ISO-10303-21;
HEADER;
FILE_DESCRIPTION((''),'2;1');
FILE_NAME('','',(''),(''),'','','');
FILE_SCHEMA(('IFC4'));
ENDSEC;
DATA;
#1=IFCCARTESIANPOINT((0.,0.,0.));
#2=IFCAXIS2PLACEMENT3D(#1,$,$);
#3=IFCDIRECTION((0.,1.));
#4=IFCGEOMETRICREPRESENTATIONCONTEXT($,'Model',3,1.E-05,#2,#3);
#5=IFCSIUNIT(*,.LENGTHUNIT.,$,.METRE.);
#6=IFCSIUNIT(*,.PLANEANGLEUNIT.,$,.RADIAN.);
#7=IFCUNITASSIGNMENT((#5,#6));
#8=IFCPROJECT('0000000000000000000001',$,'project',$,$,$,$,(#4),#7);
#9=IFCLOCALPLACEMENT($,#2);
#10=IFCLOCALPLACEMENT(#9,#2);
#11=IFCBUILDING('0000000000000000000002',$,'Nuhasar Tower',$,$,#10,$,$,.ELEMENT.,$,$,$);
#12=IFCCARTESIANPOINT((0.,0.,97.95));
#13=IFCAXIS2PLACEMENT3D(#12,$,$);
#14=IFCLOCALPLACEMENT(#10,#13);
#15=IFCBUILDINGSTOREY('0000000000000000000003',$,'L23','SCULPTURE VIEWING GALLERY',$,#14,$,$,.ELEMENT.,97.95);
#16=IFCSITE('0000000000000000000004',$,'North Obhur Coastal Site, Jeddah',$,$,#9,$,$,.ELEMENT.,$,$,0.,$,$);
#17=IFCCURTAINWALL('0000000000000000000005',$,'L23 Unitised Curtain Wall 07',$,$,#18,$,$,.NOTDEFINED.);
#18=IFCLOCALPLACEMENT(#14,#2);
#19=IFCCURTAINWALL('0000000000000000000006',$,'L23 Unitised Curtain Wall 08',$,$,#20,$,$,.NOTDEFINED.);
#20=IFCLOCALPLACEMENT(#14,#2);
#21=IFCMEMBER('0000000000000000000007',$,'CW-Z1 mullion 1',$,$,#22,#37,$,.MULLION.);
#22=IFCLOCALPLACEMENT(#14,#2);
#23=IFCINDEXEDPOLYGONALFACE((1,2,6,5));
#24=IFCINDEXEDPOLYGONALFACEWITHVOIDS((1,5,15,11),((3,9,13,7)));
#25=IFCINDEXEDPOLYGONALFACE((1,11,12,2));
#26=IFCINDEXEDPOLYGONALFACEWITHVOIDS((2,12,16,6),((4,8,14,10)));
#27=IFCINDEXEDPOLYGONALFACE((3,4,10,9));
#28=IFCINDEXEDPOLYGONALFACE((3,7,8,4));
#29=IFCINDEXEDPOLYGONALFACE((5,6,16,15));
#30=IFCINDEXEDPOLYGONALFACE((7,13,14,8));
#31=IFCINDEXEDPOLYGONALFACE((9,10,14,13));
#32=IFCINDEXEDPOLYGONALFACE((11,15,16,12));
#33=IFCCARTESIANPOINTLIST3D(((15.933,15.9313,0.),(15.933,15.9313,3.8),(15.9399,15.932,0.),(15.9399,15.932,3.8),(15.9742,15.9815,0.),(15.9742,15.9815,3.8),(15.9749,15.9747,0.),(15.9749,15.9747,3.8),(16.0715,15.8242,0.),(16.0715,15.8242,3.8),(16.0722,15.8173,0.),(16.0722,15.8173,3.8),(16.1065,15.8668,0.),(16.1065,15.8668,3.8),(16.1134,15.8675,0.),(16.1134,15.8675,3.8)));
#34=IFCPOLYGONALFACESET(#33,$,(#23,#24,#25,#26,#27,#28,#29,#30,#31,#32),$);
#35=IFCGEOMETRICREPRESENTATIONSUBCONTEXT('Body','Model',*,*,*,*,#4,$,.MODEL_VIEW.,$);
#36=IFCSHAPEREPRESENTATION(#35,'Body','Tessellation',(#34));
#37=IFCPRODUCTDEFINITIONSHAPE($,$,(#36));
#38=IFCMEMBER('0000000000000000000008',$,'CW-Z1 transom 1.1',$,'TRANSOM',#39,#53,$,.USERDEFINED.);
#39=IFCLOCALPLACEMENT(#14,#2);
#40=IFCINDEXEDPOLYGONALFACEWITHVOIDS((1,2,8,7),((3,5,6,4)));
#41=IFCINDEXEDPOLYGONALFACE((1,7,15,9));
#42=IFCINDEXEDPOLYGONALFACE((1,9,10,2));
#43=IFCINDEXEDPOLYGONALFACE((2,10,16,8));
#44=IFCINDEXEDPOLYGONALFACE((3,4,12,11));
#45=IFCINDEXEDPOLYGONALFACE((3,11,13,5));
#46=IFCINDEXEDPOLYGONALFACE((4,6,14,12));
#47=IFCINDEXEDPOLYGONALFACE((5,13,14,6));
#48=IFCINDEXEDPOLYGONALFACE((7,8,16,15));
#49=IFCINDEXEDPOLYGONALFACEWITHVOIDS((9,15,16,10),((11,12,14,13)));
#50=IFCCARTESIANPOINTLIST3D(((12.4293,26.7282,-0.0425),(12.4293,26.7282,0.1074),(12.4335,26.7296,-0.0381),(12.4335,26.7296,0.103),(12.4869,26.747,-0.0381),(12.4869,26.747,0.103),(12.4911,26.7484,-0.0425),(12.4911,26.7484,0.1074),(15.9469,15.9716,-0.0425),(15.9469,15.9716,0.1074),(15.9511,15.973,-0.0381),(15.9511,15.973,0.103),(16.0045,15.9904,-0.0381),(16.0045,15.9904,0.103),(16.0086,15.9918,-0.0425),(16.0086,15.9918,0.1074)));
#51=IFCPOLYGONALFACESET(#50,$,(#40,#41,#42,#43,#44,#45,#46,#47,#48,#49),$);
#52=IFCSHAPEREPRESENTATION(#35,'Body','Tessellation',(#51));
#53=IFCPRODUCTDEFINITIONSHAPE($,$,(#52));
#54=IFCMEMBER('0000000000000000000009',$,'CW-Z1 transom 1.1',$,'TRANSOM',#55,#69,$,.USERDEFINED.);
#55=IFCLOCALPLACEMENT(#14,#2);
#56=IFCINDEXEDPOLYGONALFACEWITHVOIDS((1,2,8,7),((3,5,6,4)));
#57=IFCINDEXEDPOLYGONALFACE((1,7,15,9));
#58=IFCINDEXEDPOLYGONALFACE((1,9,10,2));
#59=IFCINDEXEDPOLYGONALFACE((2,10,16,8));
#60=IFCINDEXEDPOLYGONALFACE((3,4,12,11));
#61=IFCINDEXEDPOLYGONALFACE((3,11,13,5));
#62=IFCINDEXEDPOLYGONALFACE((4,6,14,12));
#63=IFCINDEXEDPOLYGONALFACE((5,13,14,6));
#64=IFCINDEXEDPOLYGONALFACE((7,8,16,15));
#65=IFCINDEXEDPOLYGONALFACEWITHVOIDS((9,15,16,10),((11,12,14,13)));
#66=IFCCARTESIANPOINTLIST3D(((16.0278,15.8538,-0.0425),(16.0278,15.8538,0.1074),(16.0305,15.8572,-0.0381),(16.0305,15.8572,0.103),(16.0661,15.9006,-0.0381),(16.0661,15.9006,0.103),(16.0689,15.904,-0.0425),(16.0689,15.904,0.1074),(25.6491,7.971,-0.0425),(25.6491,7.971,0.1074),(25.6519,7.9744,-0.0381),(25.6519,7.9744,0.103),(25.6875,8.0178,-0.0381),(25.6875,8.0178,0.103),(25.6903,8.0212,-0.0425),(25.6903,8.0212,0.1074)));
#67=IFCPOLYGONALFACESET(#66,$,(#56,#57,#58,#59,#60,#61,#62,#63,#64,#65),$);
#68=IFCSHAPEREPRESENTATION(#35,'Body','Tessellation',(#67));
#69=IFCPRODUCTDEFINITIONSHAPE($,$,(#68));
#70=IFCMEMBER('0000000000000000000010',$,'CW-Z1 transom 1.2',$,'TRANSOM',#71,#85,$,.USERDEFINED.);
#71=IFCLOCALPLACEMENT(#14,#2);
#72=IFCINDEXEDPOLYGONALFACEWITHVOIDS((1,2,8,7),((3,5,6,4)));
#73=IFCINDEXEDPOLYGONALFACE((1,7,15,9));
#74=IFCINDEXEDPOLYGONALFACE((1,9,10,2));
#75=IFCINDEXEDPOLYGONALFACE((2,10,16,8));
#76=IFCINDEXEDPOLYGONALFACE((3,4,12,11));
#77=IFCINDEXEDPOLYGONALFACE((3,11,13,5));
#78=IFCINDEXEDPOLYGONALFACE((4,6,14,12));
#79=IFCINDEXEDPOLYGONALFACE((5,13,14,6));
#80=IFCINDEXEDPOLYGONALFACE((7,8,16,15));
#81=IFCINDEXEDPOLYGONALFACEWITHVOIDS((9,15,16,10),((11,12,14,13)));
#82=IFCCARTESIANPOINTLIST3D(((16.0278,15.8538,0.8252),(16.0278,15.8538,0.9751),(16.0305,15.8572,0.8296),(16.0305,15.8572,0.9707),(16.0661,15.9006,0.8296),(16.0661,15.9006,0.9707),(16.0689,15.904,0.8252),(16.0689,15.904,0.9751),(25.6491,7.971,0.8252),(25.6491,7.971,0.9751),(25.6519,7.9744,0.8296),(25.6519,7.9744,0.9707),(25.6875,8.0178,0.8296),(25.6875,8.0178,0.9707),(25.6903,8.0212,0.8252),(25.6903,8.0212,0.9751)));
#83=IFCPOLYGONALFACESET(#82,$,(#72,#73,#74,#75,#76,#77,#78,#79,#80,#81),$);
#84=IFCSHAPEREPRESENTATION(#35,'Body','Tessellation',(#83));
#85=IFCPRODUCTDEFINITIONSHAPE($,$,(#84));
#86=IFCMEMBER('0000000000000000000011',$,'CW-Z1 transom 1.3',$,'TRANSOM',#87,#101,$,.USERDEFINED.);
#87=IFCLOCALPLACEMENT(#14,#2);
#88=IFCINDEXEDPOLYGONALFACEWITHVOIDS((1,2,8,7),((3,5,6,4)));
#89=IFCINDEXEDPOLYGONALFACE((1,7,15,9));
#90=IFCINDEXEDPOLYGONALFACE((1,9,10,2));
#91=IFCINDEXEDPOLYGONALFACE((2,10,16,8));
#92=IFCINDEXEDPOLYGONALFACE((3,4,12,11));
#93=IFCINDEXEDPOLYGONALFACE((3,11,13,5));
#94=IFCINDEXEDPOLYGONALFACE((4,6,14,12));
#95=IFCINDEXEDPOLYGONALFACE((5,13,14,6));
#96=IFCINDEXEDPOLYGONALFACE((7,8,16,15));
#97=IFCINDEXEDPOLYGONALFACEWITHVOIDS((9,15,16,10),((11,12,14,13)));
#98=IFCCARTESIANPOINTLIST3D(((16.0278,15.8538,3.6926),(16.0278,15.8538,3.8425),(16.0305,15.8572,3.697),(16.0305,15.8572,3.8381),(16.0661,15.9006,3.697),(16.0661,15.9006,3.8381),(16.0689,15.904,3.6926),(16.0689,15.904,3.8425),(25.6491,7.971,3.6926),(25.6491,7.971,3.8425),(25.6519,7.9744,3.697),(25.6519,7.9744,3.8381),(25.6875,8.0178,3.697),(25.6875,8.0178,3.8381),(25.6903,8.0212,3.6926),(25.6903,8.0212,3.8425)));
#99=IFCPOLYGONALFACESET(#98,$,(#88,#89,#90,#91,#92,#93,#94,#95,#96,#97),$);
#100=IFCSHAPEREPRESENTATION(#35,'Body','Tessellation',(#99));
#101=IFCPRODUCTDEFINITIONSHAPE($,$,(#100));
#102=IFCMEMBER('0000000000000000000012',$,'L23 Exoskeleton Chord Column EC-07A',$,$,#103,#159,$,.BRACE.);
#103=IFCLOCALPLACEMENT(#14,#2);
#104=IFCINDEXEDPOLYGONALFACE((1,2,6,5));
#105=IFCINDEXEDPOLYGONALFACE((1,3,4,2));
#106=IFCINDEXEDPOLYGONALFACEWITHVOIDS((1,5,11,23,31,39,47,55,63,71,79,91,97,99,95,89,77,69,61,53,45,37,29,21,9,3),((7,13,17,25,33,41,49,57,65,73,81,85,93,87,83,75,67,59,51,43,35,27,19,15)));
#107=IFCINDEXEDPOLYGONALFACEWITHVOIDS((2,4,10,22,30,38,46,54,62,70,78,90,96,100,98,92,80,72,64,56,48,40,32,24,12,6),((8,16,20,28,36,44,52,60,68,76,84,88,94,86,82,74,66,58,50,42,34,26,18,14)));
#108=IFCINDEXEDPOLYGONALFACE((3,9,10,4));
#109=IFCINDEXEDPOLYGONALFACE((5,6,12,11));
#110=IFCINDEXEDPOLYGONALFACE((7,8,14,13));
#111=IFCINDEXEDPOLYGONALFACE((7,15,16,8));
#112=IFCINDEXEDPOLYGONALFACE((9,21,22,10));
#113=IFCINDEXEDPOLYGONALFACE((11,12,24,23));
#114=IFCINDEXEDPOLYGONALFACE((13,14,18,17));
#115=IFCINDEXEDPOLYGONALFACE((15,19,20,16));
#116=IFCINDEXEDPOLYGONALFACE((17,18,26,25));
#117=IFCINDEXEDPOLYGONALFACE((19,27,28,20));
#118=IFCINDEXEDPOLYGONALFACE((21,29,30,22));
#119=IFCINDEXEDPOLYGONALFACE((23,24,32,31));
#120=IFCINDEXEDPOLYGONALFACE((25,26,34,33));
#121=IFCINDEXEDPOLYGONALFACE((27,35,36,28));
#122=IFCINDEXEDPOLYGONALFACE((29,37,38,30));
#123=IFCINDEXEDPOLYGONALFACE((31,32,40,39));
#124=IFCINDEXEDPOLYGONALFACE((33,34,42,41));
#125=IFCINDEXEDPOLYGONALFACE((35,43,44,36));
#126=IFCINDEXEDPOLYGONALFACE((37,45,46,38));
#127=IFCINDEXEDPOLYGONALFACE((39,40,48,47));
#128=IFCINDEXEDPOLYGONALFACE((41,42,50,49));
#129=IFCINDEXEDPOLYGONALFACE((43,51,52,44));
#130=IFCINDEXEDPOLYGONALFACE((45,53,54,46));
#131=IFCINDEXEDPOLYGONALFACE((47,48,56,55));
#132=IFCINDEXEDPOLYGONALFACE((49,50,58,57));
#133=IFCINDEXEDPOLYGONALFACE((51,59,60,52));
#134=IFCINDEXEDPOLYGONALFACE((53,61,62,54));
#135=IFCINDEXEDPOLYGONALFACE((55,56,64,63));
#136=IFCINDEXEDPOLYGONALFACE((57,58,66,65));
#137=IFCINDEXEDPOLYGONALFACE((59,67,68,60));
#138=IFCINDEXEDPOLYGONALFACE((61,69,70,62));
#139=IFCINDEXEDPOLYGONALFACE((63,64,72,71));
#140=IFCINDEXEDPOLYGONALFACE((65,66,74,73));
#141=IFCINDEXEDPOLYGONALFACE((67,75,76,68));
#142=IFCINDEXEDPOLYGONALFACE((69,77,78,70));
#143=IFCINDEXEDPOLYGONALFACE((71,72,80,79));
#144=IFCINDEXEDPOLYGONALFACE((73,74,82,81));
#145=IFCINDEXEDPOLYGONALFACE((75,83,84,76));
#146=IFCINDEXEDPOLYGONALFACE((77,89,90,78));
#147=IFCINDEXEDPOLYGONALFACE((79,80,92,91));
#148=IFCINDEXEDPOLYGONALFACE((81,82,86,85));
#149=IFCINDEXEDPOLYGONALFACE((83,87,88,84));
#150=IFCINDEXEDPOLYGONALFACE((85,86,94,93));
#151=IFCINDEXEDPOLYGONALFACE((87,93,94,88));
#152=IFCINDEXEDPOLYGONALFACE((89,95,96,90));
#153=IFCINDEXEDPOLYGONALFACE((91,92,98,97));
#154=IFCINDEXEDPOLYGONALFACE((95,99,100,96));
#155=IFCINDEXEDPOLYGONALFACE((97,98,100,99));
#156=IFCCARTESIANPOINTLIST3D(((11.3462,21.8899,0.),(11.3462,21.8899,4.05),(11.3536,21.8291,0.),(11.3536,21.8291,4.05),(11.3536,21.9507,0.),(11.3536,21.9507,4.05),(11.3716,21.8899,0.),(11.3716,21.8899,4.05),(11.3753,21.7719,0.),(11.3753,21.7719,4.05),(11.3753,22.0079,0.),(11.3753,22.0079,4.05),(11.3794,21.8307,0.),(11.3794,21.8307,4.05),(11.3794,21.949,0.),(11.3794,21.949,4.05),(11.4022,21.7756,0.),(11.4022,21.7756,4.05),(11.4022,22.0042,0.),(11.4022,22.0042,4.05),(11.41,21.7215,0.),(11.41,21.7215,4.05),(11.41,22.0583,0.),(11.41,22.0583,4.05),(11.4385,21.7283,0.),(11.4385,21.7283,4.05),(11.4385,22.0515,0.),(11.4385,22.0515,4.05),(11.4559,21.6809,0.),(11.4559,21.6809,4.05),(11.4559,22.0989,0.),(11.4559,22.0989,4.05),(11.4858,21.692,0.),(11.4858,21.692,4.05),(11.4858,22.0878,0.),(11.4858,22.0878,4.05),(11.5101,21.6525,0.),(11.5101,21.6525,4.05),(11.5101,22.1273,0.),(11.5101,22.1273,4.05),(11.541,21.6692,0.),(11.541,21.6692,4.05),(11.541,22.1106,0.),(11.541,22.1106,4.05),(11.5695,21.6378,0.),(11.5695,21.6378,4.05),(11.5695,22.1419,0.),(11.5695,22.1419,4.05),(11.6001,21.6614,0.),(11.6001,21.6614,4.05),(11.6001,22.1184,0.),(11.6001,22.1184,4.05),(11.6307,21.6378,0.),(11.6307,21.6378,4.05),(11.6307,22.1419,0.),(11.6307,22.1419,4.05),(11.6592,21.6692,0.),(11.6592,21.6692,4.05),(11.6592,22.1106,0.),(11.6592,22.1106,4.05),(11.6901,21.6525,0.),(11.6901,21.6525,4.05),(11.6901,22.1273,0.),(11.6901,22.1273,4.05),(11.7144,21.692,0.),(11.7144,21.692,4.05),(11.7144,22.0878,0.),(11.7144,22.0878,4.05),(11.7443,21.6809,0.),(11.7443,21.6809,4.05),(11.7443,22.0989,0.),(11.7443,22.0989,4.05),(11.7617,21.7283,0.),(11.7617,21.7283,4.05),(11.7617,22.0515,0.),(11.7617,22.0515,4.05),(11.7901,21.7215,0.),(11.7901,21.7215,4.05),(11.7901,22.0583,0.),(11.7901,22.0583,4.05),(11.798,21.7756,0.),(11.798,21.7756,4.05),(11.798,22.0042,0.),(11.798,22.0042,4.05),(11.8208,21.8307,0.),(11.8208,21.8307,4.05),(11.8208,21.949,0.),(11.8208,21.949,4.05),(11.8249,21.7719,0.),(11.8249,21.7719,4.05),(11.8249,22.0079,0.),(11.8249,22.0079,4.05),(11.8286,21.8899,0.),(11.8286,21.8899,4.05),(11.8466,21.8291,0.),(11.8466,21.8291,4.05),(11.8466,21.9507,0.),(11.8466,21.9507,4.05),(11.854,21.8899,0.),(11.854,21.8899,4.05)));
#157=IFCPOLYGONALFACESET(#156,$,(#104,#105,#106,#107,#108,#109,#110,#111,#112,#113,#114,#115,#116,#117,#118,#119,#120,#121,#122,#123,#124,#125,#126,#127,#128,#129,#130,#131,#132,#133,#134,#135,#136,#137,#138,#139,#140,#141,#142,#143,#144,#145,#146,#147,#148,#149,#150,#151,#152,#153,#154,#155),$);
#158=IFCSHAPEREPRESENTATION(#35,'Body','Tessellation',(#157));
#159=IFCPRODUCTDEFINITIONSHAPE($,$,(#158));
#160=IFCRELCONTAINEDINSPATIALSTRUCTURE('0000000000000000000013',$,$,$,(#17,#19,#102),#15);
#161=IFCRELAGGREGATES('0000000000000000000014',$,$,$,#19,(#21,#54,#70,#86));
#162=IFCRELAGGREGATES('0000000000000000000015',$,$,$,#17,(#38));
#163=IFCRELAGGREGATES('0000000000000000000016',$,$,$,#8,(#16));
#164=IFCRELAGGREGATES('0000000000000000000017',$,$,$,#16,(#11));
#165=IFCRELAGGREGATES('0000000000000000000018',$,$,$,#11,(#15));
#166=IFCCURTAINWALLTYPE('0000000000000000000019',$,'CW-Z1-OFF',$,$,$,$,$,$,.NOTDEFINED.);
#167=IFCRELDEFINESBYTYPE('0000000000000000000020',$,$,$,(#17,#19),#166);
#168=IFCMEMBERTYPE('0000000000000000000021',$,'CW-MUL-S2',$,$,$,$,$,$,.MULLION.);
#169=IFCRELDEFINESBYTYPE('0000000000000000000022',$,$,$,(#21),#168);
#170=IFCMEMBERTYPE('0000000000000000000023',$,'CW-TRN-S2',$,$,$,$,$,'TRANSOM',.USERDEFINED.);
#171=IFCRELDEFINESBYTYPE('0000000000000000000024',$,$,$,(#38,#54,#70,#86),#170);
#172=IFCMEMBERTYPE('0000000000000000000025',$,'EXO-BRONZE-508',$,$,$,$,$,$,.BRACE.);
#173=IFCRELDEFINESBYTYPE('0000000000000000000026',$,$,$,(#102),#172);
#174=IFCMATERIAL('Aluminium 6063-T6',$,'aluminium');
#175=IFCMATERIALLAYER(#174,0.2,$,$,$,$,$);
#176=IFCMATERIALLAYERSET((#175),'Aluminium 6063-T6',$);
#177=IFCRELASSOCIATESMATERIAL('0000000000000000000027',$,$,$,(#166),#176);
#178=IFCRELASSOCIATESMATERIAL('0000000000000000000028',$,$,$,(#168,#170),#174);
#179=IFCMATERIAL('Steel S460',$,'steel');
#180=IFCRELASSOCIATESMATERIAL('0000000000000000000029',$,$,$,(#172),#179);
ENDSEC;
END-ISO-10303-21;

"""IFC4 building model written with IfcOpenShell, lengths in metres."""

from ifc_helpers import new_model, si_unit, direction, frame, origin, origin_2d, place, context, subcontext, project, spatial, hollow_rectangle, hollow_circle, extrude, material, layer, layer_set, material_profile, profile_set, type_object, element, aggregate, save


model = new_model("IFC4")

# Units and contexts
model_context = context("Model", 3, precision=1e-05, world=origin(), true_north=direction((0.0, 1.0)))
body_context = subcontext(model_context, "Body", "Model", "MODEL_VIEW")
ifc_project = project(units=[si_unit("LENGTHUNIT", "METRE"), si_unit("PLANEANGLEUNIT", "RADIAN")], contexts=[model_context])

# Site, building, storey
site_placement = place(None, origin())
site = spatial("IfcSite", under=ifc_project, at=site_placement, Name="North Obhur Coastal Site, Jeddah", CompositionType="ELEMENT", RefElevation=0.0)
building_placement = place(site_placement, origin())
building = spatial("IfcBuilding", under=site, at=building_placement, Name="Nuhasar Tower", CompositionType="ELEMENT")
storey_placement = place(building_placement, frame((0.0, 0.0, 97.95)))
storey = spatial("IfcBuildingStorey", under=building, at=storey_placement, Name="L23", Description="SCULPTURE VIEWING GALLERY", CompositionType="ELEMENT", Elevation=97.95)

# Curtain walls, member
ifc_material_1 = material(Name="Aluminium 6063-T6", Category="aluminium")
ifc_layer_1 = layer(ifc_material_1, 0.2)
ifc_layer_set_1 = layer_set([ifc_layer_1], Name="Aluminium 6063-T6")
curtain_wall_type = type_object("IfcCurtainWallType", Name="CW-Z1-OFF", PredefinedType="NOTDEFINED", material=ifc_layer_set_1)
curtain_wall_1_placement = place(storey_placement, origin())
curtain_wall_1 = element("IfcCurtainWall", 1, at=curtain_wall_1_placement, inside=storey, type_object=curtain_wall_type, Name="L23 Unitised Curtain Wall 07", PredefinedType="NOTDEFINED")
ifc_material_profile_1 = material_profile(ifc_material_1, hollow_rectangle(XDim=0.0649, YDim=0.1799, WallThickness=0.0049, at=origin_2d()), Name="CWM-2")
ifc_profile_set_1 = profile_set([ifc_material_profile_1], Name="Aluminium 6063-T6")
member_type_1 = type_object("IfcMemberType", Name="CW-MUL-S2", PredefinedType="MULLION", material=ifc_profile_set_1)
curtain_wall_2_placement = place(storey_placement, origin())
curtain_wall_2 = element("IfcCurtainWall", 2, at=curtain_wall_2_placement, inside=storey, type_object=curtain_wall_type, Name="L23 Unitised Curtain Wall 08", PredefinedType="NOTDEFINED")
member_1_placement = place(storey_placement, frame((16.0232, 15.8994, 0.0), z_axis=(0.0, 0.0, 1.0), x_axis=(0.633745, 0.773542, 0.0)))
member_1 = element("IfcMember", 3, at=member_1_placement, type_object=member_type_1, Name="CW-Z1 mullion 1", PredefinedType="MULLION", context=body_context, shape_type="SweptSolid", body=[
    extrude(hollow_rectangle(XDim=0.0649, YDim=0.1799, WallThickness=0.0049, at=origin_2d()), origin(), (0.0, 0.0, 1.0), 3.8),
])

# Members
ifc_material_profile_2 = material_profile(ifc_material_1, hollow_rectangle(XDim=0.0649, YDim=0.1499, WallThickness=0.0044, at=origin_2d()), Name="CWT-2")
ifc_profile_set_2 = profile_set([ifc_material_profile_2], Name="Aluminium 6063-T6")
member_type_2 = type_object("IfcMemberType", Name="CW-TRN-S2", ElementType="TRANSOM", PredefinedType="USERDEFINED", material=ifc_profile_set_2)
member_2_placement = place(storey_placement, frame((12.4602, 26.7383, 0.0325), z_axis=(0.310819, -0.950469, 0.0), x_axis=(0.950469, 0.310819, 0.0)))
member_2 = element("IfcMember", 4, at=member_2_placement, type_object=member_type_2, Name="CW-Z1 transom 1.1", ObjectType="TRANSOM", PredefinedType="USERDEFINED", context=body_context, shape_type="SweptSolid", body=[
    extrude(hollow_rectangle(XDim=0.0649, YDim=0.1499, WallThickness=0.0044, at=origin_2d()), origin(), (0.0, 0.0, 1.0), 11.3171),
])
member_3_placement = place(storey_placement, frame((16.0483, 15.8789, 0.0325), z_axis=(0.773531, -0.633758, 0.0), x_axis=(0.633758, 0.773531, 0.0)))
member_3 = element("IfcMember", 5, at=member_3_placement, type_object=member_type_2, Name="CW-Z1 transom 1.1", ObjectType="TRANSOM", PredefinedType="USERDEFINED", context=body_context, shape_type="SweptSolid", body=[
    extrude(hollow_rectangle(XDim=0.0649, YDim=0.1499, WallThickness=0.0044, at=origin_2d()), origin(), (0.0, 0.0, 1.0), 12.4382),
])
member_4_placement = place(storey_placement, frame((16.0483, 15.8789, 0.9001), z_axis=(0.773531, -0.633758, 0.0), x_axis=(0.633758, 0.773531, 0.0)))
member_4 = element("IfcMember", 6, at=member_4_placement, type_object=member_type_2, Name="CW-Z1 transom 1.2", ObjectType="TRANSOM", PredefinedType="USERDEFINED", context=body_context, shape_type="SweptSolid", body=[
    extrude(hollow_rectangle(XDim=0.0649, YDim=0.1499, WallThickness=0.0044, at=origin_2d()), origin(), (0.0, 0.0, 1.0), 12.4382),
])
member_5_placement = place(storey_placement, frame((16.0483, 15.8789, 3.7676), z_axis=(0.773531, -0.633758, 0.0), x_axis=(0.633758, 0.773531, 0.0)))
member_5 = element("IfcMember", 7, at=member_5_placement, type_object=member_type_2, Name="CW-Z1 transom 1.3", ObjectType="TRANSOM", PredefinedType="USERDEFINED", context=body_context, shape_type="SweptSolid", body=[
    extrude(hollow_rectangle(XDim=0.0649, YDim=0.1499, WallThickness=0.0044, at=origin_2d()), origin(), (0.0, 0.0, 1.0), 12.4382),
])
aggregate(curtain_wall_2, [member_1, member_3, member_4, member_5])

# Member
ifc_material_2 = material(Name="Steel S460", Category="steel")
ifc_material_profile_3 = material_profile(ifc_material_2, hollow_circle(Radius=0.2539, WallThickness=0.0254, at=origin_2d()), Name="HSS508X25.4")
ifc_profile_set_3 = profile_set([ifc_material_profile_3], Name="Steel S460")
member_type_3 = type_object("IfcMemberType", Name="EXO-BRONZE-508", PredefinedType="BRACE", material=ifc_profile_set_3)
for number, where, z_axis, x_axis, name in (
    (8, (11.6001, 21.8899, 0.0), (0.0, 0.0, 1.0), (1.0, 0.0, 0.0), "L23 Exoskeleton Chord Column EC-07A"),
):
    element("IfcMember", number, at=place(storey_placement, frame(where, z_axis=z_axis, x_axis=x_axis)), inside=storey, type_object=member_type_3, Name=name, PredefinedType="BRACE", context=body_context, shape_type="SweptSolid", body=[
        extrude(hollow_circle(Radius=0.2539, WallThickness=0.0254, at=origin_2d()), origin(), (0.0, 0.0, 1.0), 4.05),
    ])

aggregate(curtain_wall_1, [member_2])

save(model, "model.ifc")
